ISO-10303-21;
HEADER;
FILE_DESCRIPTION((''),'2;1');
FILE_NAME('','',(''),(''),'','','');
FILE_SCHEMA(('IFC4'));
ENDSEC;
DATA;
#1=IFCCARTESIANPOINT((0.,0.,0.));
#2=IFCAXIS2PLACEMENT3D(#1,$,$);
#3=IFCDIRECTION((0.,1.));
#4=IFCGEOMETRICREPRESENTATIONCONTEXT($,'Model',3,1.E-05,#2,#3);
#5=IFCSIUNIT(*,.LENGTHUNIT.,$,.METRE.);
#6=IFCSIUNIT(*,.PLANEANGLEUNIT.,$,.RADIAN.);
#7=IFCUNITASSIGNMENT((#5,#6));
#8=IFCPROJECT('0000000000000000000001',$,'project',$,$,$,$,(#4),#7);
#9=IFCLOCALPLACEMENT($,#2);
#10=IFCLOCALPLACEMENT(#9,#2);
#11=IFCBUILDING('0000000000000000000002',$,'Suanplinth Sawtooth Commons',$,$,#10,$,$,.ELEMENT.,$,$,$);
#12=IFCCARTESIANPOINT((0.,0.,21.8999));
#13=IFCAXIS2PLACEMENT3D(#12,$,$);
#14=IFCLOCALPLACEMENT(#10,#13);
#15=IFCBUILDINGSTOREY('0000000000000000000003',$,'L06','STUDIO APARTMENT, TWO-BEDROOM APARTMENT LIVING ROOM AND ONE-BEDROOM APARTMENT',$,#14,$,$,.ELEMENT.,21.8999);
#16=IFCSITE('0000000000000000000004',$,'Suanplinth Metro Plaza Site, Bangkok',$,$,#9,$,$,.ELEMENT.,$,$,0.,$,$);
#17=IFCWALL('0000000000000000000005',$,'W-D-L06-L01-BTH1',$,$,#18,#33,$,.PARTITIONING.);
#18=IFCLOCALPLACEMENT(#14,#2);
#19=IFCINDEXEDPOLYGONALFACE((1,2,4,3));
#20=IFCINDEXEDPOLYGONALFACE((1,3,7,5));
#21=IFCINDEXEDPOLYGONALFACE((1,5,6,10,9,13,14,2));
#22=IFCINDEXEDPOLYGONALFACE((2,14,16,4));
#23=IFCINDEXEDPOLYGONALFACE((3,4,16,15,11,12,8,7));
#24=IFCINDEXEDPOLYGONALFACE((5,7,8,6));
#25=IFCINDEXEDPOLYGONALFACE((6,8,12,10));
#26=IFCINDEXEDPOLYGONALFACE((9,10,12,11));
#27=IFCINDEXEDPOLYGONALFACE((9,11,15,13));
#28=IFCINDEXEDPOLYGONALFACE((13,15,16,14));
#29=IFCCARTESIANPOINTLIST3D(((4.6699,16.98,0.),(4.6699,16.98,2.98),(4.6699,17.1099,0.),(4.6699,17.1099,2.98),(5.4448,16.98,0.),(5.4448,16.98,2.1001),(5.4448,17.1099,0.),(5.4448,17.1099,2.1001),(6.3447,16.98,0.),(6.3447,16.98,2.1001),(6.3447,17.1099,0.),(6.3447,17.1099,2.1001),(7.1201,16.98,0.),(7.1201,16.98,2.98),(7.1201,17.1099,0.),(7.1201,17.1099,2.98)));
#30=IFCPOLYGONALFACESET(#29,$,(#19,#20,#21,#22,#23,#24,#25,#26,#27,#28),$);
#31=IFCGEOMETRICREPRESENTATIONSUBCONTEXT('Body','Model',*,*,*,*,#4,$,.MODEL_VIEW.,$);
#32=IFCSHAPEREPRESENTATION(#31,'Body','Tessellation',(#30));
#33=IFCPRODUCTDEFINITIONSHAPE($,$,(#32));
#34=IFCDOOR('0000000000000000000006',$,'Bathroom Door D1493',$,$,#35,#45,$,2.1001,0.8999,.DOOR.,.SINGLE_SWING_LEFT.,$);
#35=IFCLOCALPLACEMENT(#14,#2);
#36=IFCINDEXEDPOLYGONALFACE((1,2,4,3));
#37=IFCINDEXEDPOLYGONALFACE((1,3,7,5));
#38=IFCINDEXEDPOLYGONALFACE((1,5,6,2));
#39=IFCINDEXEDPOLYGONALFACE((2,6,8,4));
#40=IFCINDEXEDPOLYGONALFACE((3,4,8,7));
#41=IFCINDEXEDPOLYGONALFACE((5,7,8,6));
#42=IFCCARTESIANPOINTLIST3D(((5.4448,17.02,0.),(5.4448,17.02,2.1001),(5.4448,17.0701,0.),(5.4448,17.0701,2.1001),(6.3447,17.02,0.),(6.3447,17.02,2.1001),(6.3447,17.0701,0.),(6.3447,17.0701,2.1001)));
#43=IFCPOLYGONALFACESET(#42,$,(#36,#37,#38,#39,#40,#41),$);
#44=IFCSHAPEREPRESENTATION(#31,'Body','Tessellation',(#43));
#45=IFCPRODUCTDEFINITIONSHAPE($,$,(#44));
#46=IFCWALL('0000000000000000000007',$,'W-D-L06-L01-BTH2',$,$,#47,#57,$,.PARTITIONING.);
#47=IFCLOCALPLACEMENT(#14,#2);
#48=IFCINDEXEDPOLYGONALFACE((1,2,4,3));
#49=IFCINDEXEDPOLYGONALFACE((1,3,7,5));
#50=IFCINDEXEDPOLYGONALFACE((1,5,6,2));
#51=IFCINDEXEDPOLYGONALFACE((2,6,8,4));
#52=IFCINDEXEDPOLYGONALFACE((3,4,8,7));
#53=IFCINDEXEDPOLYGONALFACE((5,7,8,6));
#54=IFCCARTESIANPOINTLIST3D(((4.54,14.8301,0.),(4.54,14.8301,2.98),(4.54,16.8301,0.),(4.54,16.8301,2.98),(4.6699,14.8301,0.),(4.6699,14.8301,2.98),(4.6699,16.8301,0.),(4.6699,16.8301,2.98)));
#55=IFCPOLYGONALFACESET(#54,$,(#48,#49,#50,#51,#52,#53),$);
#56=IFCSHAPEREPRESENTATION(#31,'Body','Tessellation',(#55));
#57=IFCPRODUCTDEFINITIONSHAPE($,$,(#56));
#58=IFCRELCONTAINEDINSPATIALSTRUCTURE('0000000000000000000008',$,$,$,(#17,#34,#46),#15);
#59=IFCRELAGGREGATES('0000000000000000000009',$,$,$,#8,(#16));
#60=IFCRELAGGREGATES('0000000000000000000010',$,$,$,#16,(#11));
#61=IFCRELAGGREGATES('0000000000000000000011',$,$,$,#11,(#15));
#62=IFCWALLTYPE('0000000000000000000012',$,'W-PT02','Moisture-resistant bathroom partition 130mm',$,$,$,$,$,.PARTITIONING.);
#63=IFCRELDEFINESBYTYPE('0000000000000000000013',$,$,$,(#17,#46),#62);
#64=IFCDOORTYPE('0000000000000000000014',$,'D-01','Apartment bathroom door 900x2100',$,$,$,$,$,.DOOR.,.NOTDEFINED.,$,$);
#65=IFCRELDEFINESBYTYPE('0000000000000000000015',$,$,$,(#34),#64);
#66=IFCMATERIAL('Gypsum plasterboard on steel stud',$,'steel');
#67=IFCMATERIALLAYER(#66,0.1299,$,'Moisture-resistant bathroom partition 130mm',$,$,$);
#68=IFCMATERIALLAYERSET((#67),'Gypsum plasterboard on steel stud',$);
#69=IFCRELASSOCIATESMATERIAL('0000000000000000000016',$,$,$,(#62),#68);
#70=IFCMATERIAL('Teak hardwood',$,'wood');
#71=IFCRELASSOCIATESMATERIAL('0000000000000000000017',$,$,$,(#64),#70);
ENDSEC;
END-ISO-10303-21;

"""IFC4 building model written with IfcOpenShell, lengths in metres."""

from ifc_helpers import new_model, si_unit, direction, frame, frame_2d, origin, place, context, subcontext, project, spatial, rectangle, extrude, material, layer, layer_set, type_object, element, fill, save


model = new_model("IFC4")

# Units and contexts
model_context = context("Model", 3, precision=1e-05, world=origin(), true_north=direction((0.0, 1.0)))
body_context = subcontext(model_context, "Body", "Model", "MODEL_VIEW")
ifc_project = project(units=[si_unit("LENGTHUNIT", "METRE"), si_unit("PLANEANGLEUNIT", "RADIAN")], contexts=[model_context])

# Site, building, storey
site_placement = place(None, origin())
site = spatial("IfcSite", under=ifc_project, at=site_placement, Name="Suanplinth Metro Plaza Site, Bangkok", CompositionType="ELEMENT", RefElevation=0.0)
building_placement = place(site_placement, origin())
building = spatial("IfcBuilding", under=site, at=building_placement, Name="Suanplinth Sawtooth Commons", CompositionType="ELEMENT")
storey_placement = place(building_placement, frame((0.0, 0.0, 21.8999)))
storey = spatial("IfcBuildingStorey", under=building, at=storey_placement, Name="L06", Description="STUDIO APARTMENT, TWO-BEDROOM APARTMENT LIVING ROOM AND ONE-BEDROOM APARTMENT", CompositionType="ELEMENT", Elevation=21.8999)

# Shared definitions
ifc_material_1 = material(Name="Teak hardwood", Category="wood")

# Wall, opening, door
ifc_material_2 = material(Name="Gypsum plasterboard on steel stud", Category="steel")
ifc_layer_1 = layer(ifc_material_2, 0.1299, Name="Moisture-resistant bathroom partition 130mm")
ifc_layer_set_1 = layer_set([ifc_layer_1], Name="Gypsum plasterboard on steel stud")
wall_type_1 = type_object("IfcWallType", Name="W-PT02", Description="Moisture-resistant bathroom partition 130mm", PredefinedType="PARTITIONING", material=ifc_layer_set_1)
wall_1_placement = place(storey_placement, frame((4.6699, 17.0449, 0.0), z_axis=(0.0, 0.0, 1.0), x_axis=(1.0, 0.0, 0.0)))
wall_1 = element("IfcWall", 1, at=wall_1_placement, inside=storey, type_object=wall_type_1, Name="W-D-L06-L01-BTH1", PredefinedType="PARTITIONING", context=body_context, shape_type="SweptSolid", body=[
    extrude(rectangle(XDim=2.4502, YDim=0.1299, at=frame_2d((1.2251, 0.0))), origin(), (0.0, 0.0, 1.0), 2.98),
])
opening_1_placement = place(wall_1_placement, frame((0.7749, 0.0, 0.0)))
opening_1 = element("IfcOpeningElement", 2, at=opening_1_placement, cuts=wall_1, PredefinedType="OPENING", context=body_context, shape_type="SweptSolid", body=[
    extrude(rectangle(XDim=0.8999, YDim=2.1001, at=frame_2d((0.45, 1.05))), frame((0.0, 0.0798, 0.0), z_axis=(0.0, -1.0, 0.0), x_axis=(1.0, 0.0, 0.0)), (0.0, 0.0, 1.0), 0.1597),
])
door_type_1 = type_object("IfcDoorType", Name="D-01", Description="Apartment bathroom door 900x2100", OperationType="NOTDEFINED", PredefinedType="DOOR", material=ifc_material_1)
door_1_placement = place(opening_1_placement, frame((0.8999, 0.0, 0.0), z_axis=(0.0, 0.0, 1.0), x_axis=(-1.0, 0.0, 0.0)))
door_1 = element("IfcDoor", 3, at=door_1_placement, inside=storey, type_object=door_type_1, Name="Bathroom Door D1493", OperationType="SINGLE_SWING_LEFT", OverallHeight=2.1001, OverallWidth=0.8999, PredefinedType="DOOR", context=body_context, shape_type="SweptSolid", body=[
    extrude(rectangle(XDim=0.8999, YDim=2.1001, at=frame_2d((0.45, 1.05))), frame((0.0, 0.0249, 0.0), z_axis=(0.0, -1.0, 0.0), x_axis=(1.0, 0.0, 0.0)), (0.0, 0.0, 1.0), 0.05),
])
fill(opening_1, door_1)

# Wall
wall_2_placement = place(storey_placement, frame((4.605, 14.8301, 0.0), z_axis=(0.0, 0.0, 1.0), x_axis=(0.0, 1.0, 0.0)))
element("IfcWall", 4, at=wall_2_placement, inside=storey, type_object=wall_type_1, Name="W-D-L06-L01-BTH2", PredefinedType="PARTITIONING", context=body_context, shape_type="SweptSolid", body=[
    extrude(rectangle(XDim=2.0, YDim=0.1299, at=frame_2d((1.0, 0.0))), origin(), (0.0, 0.0, 1.0), 2.98),
])

save(model, "model.ifc")
